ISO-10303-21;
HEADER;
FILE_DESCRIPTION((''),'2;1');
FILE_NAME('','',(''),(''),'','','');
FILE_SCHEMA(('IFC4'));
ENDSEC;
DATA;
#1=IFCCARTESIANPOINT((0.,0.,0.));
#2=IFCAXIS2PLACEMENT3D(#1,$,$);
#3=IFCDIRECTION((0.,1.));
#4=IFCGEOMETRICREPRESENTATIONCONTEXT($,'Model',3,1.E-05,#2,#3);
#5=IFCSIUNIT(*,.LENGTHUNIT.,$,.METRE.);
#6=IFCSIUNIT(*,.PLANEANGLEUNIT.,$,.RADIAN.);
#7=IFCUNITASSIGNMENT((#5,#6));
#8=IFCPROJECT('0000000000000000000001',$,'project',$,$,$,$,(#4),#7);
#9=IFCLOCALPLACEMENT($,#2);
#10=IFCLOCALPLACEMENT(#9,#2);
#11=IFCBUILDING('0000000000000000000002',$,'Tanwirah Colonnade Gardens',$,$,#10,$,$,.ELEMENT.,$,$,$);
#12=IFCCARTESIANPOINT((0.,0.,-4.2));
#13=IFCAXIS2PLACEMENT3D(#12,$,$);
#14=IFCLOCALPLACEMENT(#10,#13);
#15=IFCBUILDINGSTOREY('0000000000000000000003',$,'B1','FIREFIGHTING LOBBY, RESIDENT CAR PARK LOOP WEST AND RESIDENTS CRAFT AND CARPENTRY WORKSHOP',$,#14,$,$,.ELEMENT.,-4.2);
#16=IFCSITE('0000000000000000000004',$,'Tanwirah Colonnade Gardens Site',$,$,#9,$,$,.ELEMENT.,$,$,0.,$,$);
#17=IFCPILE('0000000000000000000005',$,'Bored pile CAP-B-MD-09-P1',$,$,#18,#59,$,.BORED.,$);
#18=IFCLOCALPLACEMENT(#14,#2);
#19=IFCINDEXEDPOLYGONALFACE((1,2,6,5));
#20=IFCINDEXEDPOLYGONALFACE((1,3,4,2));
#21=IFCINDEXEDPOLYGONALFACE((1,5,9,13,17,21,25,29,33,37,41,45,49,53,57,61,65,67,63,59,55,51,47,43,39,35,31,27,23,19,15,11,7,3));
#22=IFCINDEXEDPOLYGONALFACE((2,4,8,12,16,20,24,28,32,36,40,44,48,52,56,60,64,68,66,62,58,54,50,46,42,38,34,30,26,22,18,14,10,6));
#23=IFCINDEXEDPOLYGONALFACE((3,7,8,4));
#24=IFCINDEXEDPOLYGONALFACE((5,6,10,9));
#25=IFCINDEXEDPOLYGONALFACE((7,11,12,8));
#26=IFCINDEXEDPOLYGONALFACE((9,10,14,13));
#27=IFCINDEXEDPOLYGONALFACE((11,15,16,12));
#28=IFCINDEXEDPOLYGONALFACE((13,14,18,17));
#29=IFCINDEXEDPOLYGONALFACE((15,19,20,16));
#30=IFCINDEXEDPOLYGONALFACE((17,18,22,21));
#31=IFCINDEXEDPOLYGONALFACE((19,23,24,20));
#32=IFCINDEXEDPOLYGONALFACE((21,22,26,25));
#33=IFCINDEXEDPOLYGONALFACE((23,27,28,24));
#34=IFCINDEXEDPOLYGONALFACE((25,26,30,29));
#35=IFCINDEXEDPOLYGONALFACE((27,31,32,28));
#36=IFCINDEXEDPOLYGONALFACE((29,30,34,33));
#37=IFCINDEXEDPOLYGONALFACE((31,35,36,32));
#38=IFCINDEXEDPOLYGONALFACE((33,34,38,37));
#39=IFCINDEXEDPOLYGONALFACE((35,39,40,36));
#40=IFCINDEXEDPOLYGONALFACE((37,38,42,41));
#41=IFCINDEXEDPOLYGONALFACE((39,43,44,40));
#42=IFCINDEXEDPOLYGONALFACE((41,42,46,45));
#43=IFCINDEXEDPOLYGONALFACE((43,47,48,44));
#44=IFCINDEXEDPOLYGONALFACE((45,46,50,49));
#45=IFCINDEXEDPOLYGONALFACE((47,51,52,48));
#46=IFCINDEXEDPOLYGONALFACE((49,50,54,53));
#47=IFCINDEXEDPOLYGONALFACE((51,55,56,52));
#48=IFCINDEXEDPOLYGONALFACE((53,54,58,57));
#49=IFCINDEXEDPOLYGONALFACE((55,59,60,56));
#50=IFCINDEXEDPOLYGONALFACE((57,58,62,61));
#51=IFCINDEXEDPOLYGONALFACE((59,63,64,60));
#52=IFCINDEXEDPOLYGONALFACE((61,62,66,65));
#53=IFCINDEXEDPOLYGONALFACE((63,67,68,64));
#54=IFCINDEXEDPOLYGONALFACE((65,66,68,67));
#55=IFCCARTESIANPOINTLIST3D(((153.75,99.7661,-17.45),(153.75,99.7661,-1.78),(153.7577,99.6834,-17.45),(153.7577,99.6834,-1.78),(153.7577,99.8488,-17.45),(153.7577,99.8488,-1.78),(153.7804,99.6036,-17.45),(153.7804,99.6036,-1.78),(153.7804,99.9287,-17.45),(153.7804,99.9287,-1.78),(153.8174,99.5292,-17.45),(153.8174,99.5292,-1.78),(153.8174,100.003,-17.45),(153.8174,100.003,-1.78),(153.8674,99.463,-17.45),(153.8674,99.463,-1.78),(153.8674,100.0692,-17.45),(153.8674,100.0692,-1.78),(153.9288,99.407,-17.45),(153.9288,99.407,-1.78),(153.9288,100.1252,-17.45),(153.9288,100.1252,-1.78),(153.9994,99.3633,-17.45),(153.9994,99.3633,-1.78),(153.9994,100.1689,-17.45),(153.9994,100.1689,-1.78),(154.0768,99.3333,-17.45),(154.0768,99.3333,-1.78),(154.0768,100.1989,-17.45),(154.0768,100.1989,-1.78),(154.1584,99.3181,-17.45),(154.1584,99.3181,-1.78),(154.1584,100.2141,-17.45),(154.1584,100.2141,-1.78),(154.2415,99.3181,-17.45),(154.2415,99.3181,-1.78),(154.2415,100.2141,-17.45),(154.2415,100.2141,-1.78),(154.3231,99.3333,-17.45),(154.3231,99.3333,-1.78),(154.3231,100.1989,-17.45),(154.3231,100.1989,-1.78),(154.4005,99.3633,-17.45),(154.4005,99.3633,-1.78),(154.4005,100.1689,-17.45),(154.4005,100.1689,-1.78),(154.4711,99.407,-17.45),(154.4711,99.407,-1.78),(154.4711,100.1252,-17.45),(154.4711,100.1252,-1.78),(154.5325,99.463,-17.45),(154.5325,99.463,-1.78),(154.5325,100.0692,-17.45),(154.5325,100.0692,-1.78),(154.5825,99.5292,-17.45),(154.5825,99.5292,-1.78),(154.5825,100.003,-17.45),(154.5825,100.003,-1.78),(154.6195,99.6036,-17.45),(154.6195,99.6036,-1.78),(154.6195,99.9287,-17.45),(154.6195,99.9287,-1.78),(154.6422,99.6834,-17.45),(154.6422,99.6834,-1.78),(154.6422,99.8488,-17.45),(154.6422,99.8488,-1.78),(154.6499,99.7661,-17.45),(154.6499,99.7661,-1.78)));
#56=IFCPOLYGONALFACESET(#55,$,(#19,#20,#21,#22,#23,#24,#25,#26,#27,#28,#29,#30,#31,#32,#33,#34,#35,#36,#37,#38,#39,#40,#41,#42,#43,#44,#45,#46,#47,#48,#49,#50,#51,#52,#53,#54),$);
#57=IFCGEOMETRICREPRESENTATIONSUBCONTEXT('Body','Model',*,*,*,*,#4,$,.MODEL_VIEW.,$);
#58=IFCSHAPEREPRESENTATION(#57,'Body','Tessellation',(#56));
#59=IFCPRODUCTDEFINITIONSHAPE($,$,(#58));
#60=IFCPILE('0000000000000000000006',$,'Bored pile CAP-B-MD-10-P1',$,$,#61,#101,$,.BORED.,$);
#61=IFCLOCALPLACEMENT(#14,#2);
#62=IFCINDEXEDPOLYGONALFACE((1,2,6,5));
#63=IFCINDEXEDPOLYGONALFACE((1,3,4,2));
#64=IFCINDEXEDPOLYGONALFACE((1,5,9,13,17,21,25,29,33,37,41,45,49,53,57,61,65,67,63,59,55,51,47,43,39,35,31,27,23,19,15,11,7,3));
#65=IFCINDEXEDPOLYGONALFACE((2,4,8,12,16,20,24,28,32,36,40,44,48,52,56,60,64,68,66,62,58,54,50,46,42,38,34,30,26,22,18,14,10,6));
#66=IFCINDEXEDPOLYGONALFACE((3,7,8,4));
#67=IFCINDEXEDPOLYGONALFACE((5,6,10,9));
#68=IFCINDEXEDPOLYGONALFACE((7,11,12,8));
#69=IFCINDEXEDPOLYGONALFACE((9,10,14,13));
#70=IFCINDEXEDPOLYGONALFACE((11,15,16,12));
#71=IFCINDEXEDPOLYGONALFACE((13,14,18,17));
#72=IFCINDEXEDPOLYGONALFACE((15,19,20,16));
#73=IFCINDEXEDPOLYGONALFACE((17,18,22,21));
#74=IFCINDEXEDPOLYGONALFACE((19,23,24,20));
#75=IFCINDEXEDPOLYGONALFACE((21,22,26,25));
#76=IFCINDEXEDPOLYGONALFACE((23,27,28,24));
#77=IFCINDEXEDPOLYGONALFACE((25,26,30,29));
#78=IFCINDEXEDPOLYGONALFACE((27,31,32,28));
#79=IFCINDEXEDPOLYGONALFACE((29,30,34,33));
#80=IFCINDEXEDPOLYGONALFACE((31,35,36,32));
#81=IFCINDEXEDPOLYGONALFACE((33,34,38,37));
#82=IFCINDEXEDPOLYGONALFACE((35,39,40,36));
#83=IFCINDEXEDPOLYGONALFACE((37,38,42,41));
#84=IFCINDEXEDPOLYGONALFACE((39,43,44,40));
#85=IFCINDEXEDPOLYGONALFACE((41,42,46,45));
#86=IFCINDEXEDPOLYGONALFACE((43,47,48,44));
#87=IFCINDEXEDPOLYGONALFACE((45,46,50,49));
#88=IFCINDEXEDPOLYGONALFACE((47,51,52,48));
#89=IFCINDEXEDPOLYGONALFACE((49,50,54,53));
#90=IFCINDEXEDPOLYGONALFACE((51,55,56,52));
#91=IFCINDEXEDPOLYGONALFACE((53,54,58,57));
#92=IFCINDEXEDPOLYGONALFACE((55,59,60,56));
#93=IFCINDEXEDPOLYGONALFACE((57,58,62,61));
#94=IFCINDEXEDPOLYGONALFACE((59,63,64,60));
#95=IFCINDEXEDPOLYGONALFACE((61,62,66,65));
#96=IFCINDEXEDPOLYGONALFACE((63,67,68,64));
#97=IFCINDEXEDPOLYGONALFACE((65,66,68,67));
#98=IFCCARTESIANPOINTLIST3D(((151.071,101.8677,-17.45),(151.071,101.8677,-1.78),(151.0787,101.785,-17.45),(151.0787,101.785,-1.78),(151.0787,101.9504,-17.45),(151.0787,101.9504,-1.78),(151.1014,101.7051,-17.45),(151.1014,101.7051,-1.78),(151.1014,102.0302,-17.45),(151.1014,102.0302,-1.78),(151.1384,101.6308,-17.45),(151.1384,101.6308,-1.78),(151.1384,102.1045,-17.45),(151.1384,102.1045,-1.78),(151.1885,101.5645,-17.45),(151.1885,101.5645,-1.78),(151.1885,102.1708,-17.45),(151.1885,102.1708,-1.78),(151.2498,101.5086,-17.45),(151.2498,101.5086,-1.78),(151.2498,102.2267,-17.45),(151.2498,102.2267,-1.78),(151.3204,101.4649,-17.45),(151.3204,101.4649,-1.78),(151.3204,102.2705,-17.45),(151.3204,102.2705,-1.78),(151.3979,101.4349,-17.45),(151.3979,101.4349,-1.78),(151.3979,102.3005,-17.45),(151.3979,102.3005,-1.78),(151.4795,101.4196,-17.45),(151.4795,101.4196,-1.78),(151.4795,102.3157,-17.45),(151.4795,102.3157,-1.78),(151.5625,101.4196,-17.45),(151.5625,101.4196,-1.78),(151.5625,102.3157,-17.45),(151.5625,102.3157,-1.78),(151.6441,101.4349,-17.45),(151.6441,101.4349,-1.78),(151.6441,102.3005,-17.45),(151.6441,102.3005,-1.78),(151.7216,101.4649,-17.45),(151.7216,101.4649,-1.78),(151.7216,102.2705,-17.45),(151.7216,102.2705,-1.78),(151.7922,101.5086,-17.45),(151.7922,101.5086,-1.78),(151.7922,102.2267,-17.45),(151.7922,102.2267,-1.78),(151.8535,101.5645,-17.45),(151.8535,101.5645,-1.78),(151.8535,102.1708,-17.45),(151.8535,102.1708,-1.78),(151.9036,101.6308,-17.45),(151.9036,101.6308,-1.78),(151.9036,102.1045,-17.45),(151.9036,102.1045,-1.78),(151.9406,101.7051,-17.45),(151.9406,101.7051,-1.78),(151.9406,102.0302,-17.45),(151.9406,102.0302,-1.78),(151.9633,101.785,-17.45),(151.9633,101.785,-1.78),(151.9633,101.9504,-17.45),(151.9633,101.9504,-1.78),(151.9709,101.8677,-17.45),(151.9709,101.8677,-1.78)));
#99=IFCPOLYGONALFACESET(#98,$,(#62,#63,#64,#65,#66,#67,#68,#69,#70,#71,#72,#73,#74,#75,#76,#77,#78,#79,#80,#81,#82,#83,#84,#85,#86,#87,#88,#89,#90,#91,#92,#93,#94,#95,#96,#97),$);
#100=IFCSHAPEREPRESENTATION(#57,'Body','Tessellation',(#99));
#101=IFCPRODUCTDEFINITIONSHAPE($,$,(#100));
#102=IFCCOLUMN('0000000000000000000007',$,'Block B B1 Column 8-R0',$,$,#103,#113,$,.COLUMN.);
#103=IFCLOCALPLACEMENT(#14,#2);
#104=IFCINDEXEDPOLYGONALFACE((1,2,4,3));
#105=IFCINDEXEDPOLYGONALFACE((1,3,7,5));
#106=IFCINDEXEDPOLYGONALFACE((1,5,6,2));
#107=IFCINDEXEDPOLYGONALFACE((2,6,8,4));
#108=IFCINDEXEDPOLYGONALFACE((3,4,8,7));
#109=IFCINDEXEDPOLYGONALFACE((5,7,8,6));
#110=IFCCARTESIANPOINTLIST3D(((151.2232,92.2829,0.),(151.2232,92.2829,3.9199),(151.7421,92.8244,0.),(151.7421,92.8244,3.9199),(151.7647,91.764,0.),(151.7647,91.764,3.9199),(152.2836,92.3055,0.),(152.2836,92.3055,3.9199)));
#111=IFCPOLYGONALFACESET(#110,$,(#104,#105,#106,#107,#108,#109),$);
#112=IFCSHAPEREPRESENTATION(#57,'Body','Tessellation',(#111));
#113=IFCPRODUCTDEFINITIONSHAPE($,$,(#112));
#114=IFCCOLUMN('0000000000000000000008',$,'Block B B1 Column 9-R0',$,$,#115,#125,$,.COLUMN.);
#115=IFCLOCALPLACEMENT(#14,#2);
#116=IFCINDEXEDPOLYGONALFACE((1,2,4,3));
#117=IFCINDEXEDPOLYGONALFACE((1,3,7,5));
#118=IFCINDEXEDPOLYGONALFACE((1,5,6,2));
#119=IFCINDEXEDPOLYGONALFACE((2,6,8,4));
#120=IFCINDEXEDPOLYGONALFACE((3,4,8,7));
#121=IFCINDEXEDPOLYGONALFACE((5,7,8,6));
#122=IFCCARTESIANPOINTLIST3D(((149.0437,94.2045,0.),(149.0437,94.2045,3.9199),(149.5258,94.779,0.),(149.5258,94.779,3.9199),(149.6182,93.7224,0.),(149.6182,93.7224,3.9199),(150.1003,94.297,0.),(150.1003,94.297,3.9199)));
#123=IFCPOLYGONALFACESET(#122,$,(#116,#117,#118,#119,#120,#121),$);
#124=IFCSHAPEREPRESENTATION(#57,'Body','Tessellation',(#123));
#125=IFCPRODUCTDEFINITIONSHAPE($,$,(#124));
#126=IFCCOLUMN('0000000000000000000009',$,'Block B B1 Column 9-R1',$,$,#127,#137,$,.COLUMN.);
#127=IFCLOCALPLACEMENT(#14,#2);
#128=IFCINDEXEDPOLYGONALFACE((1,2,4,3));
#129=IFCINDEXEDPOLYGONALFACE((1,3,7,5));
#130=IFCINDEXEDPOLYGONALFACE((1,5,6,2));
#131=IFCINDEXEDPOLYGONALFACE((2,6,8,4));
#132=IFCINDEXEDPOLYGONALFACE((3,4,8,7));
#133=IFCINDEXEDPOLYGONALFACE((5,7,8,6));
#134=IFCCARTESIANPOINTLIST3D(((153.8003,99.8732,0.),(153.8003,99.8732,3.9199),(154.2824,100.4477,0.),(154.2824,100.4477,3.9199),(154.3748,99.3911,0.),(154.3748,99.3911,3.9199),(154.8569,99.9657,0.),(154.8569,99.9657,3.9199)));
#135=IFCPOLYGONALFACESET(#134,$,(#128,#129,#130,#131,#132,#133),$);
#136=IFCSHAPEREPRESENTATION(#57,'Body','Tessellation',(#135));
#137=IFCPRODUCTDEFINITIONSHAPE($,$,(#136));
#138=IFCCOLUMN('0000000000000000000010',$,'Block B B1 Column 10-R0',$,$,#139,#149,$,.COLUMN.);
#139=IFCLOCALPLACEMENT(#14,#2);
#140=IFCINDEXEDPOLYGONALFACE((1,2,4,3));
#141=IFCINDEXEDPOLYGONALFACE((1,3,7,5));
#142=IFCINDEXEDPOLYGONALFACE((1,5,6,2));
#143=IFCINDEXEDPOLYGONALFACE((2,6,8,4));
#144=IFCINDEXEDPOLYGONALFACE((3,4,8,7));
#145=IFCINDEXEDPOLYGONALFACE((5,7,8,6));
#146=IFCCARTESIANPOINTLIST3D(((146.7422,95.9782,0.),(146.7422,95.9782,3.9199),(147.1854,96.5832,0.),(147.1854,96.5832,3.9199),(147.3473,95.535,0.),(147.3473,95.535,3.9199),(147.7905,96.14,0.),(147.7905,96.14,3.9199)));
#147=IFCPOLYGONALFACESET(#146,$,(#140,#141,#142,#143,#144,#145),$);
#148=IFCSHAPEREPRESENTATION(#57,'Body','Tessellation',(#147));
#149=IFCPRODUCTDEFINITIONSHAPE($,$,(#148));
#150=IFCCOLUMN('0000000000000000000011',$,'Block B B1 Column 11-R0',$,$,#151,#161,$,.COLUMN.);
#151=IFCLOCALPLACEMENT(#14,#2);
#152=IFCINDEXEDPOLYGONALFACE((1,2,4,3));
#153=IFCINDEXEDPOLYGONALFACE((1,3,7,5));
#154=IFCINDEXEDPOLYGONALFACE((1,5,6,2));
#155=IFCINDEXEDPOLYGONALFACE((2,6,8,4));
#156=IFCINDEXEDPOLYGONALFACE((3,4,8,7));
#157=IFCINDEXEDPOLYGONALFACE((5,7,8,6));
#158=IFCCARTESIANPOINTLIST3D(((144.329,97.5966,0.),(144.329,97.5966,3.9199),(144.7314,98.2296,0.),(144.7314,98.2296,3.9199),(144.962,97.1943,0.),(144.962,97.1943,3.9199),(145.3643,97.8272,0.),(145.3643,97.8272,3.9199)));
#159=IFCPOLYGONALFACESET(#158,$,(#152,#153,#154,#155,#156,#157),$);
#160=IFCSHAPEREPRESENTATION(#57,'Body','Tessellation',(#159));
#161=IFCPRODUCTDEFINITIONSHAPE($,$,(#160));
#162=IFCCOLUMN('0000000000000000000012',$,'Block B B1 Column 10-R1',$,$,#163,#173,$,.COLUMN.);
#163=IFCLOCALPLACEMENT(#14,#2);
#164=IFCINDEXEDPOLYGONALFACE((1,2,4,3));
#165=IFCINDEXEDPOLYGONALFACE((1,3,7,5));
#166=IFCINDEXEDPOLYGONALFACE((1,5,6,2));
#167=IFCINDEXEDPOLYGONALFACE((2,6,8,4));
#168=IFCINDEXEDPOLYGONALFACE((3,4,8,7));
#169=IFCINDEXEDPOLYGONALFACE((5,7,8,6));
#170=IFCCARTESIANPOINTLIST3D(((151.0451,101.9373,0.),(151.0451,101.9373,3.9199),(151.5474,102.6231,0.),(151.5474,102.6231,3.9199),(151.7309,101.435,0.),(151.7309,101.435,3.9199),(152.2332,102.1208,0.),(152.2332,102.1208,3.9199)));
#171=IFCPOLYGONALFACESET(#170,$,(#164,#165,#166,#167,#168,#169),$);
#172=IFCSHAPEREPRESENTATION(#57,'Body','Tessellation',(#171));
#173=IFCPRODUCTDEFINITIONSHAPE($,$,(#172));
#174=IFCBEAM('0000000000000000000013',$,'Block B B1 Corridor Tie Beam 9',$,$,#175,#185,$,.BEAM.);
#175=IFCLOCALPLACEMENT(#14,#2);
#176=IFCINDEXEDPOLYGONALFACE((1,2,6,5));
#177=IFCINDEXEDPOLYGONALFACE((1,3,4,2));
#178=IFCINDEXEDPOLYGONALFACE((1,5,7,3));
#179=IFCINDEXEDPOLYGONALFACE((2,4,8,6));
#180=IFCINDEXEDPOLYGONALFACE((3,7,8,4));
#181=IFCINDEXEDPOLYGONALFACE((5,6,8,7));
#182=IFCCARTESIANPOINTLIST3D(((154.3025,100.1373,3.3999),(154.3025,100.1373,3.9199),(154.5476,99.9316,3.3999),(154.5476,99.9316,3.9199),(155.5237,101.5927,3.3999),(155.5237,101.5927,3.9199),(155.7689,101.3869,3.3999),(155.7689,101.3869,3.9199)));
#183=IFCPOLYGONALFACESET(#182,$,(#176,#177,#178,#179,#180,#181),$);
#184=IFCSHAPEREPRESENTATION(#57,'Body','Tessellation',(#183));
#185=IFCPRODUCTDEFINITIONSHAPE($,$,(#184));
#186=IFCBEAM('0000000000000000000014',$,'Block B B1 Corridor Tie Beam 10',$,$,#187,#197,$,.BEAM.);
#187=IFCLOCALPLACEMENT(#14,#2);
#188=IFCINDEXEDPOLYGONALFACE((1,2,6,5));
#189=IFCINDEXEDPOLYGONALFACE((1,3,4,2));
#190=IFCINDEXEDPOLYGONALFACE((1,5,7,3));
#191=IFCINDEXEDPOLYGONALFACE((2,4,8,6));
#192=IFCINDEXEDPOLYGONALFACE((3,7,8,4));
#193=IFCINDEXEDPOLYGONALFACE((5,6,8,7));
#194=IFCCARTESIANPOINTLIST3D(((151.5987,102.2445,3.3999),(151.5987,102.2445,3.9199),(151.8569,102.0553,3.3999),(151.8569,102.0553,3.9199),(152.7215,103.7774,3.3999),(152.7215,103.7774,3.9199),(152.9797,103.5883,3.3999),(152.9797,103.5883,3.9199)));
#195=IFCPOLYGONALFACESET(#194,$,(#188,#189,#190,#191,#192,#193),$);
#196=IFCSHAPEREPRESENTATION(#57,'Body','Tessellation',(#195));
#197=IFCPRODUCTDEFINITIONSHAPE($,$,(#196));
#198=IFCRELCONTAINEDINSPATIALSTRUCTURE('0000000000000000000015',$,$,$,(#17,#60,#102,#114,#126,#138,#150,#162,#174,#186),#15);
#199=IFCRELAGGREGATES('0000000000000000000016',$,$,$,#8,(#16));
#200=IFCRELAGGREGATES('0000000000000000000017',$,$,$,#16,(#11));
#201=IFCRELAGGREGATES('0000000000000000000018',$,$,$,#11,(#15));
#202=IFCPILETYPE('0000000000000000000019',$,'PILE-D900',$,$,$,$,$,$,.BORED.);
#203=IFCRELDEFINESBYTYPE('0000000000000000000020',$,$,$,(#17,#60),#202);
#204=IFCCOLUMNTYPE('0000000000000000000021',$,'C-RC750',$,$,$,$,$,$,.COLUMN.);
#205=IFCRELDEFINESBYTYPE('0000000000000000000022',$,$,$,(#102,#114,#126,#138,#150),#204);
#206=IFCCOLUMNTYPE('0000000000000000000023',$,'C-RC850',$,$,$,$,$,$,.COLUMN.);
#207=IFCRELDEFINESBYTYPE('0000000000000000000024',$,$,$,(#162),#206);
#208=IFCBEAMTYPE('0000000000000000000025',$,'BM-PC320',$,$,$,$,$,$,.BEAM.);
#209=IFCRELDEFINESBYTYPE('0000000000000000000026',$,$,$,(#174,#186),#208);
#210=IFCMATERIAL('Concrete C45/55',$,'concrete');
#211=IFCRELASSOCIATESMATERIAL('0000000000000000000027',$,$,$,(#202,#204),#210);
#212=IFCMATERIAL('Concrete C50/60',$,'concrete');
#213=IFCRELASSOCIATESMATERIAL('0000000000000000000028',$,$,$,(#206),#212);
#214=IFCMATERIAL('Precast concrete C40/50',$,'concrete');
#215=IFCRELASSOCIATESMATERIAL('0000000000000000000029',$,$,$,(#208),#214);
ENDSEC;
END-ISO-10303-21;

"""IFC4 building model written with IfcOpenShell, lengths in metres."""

from ifc_helpers import new_model, si_unit, direction, frame, origin, origin_2d, place, context, subcontext, project, spatial, rectangle, circle, extrude, material, material_profile, profile_set, type_object, element, save


model = new_model("IFC4")

# Units and contexts
model_context = context("Model", 3, precision=1e-05, world=origin(), true_north=direction((0.0, 1.0)))
body_context = subcontext(model_context, "Body", "Model", "MODEL_VIEW")
ifc_project = project(units=[si_unit("LENGTHUNIT", "METRE"), si_unit("PLANEANGLEUNIT", "RADIAN")], contexts=[model_context])

# Site, building, storey
site_placement = place(None, origin())
site = spatial("IfcSite", under=ifc_project, at=site_placement, Name="Tanwirah Colonnade Gardens Site", CompositionType="ELEMENT", RefElevation=0.0)
building_placement = place(site_placement, origin())
building = spatial("IfcBuilding", under=site, at=building_placement, Name="Tanwirah Colonnade Gardens", CompositionType="ELEMENT")
storey_placement = place(building_placement, frame((0.0, 0.0, -4.2)))
storey = spatial("IfcBuildingStorey", under=building, at=storey_placement, Name="B1", Description="FIREFIGHTING LOBBY, RESIDENT CAR PARK LOOP WEST AND RESIDENTS CRAFT AND CARPENTRY WORKSHOP", CompositionType="ELEMENT", Elevation=-4.2)

# Shared definitions
ifc_material_1 = material(Name="Concrete C45/55", Category="concrete")

# Piles
ifc_material_profile_1 = material_profile(ifc_material_1, circle(Radius=0.45, at=origin_2d()), Name="PILE D900")
ifc_profile_set_1 = profile_set([ifc_material_profile_1], Name="Concrete C45/55")
pile_type_1 = type_object("IfcPileType", Name="PILE-D900", PredefinedType="BORED", material=ifc_profile_set_1)
for number, where, z_axis, x_axis, name in (
    (1, (154.2, 99.7661, -1.78), (0.0, 0.0, -1.0), (1.0, 0.0, 0.0), "Bored pile CAP-B-MD-09-P1"),
    (2, (151.521, 101.8677, -1.78), (0.0, 0.0, -1.0), (1.0, 0.0, 0.0), "Bored pile CAP-B-MD-10-P1"),
):
    element("IfcPile", number, at=place(storey_placement, frame(where, z_axis=z_axis, x_axis=x_axis)), inside=storey, type_object=pile_type_1, Name=name, PredefinedType="BORED", context=body_context, shape_type="SweptSolid", body=[
        extrude(circle(Radius=0.45, at=origin_2d()), origin(), (0.0, 0.0, 1.0), 15.6699),
    ])

# Columns
ifc_material_profile_2 = material_profile(ifc_material_1, rectangle(XDim=0.75, YDim=0.75, at=origin_2d()), Name="RC-COL 750x750")
ifc_profile_set_2 = profile_set([ifc_material_profile_2], Name="Concrete C45/55")
column_type_1 = type_object("IfcColumnType", Name="C-RC750", PredefinedType="COLUMN", material=ifc_profile_set_2)
for number, where, z_axis, x_axis, name in (
    (3, (151.7534, 92.2942, 0.0), (0.0, 0.0, 1.0), (0.691863, 0.722029, 0.0), "Block B B1 Column 8-R0"),
    (4, (149.572, 94.2507, 0.0), (0.0, 0.0, 1.0), (0.642788, 0.766044, 0.0), "Block B B1 Column 9-R0"),
    (5, (154.3286, 99.9194, 0.0), (0.0, 0.0, 1.0), (0.642788, 0.766044, 0.0), "Block B B1 Column 9-R1"),
    (6, (147.2664, 96.0591, 0.0), (0.0, 0.0, 1.0), (0.590919, 0.806731, 0.0), "Block B B1 Column 10-R0"),
    (7, (144.8467, 97.7119, 0.0), (0.0, 0.0, 1.0), (0.536482, 0.843912, 0.0), "Block B B1 Column 11-R0"),
):
    element("IfcColumn", number, at=place(storey_placement, frame(where, z_axis=z_axis, x_axis=x_axis)), inside=storey, type_object=column_type_1, Name=name, PredefinedType="COLUMN", context=body_context, shape_type="SweptSolid", body=[
        extrude(rectangle(XDim=0.75, YDim=0.75, at=origin_2d()), origin(), (0.0, 0.0, 1.0), 3.9199),
    ])
ifc_material_2 = material(Name="Concrete C50/60", Category="concrete")
ifc_material_profile_3 = material_profile(ifc_material_2, rectangle(XDim=0.8501, YDim=0.8501, at=origin_2d()), Name="RC-COL 850x850")
ifc_profile_set_3 = profile_set([ifc_material_profile_3], Name="Concrete C50/60")
column_type_2 = type_object("IfcColumnType", Name="C-RC850", PredefinedType="COLUMN", material=ifc_profile_set_3)
column_placement = place(storey_placement, frame((151.6392, 102.0291, 0.0), z_axis=(0.0, 0.0, 1.0), x_axis=(0.590919, 0.806731, 0.0)))
element("IfcColumn", 8, at=column_placement, inside=storey, type_object=column_type_2, Name="Block B B1 Column 10-R1", PredefinedType="COLUMN", context=body_context, shape_type="SweptSolid", body=[
    extrude(rectangle(XDim=0.8501, YDim=0.8501, at=origin_2d()), origin(), (0.0, 0.0, 1.0), 3.9199),
])

# Beams
ifc_material_3 = material(Name="Precast concrete C40/50", Category="concrete")
ifc_material_profile_4 = material_profile(ifc_material_3, rectangle(XDim=0.3201, YDim=0.52, at=origin_2d()), Name="PC-BM 320x520")
ifc_profile_set_4 = profile_set([ifc_material_profile_4], Name="Precast concrete C40/50")
beam_type_1 = type_object("IfcBeamType", Name="BM-PC320", PredefinedType="BEAM", material=ifc_profile_set_4)
beam_1_placement = place(storey_placement, frame((154.425, 100.0344, 3.6599), z_axis=(0.642797, 0.766036, 0.0), x_axis=(-0.766036, 0.642797, 0.0)))
element("IfcBeam", 9, at=beam_1_placement, inside=storey, type_object=beam_type_1, Name="Block B B1 Corridor Tie Beam 9", PredefinedType="BEAM", context=body_context, shape_type="SweptSolid", body=[
    extrude(rectangle(XDim=0.3201, YDim=0.52, at=origin_2d()), origin(), (0.0, 0.0, 1.0), 1.8999),
])
beam_2_placement = place(storey_placement, frame((151.7278, 102.1499, 3.6599), z_axis=(0.590896, 0.806748, 0.0), x_axis=(-0.806748, 0.590896, 0.0)))
element("IfcBeam", 10, at=beam_2_placement, inside=storey, type_object=beam_type_1, Name="Block B B1 Corridor Tie Beam 10", PredefinedType="BEAM", context=body_context, shape_type="SweptSolid", body=[
    extrude(rectangle(XDim=0.3201, YDim=0.52, at=origin_2d()), origin(), (0.0, 0.0, 1.0), 1.9001),
])

save(model, "model.ifc")
